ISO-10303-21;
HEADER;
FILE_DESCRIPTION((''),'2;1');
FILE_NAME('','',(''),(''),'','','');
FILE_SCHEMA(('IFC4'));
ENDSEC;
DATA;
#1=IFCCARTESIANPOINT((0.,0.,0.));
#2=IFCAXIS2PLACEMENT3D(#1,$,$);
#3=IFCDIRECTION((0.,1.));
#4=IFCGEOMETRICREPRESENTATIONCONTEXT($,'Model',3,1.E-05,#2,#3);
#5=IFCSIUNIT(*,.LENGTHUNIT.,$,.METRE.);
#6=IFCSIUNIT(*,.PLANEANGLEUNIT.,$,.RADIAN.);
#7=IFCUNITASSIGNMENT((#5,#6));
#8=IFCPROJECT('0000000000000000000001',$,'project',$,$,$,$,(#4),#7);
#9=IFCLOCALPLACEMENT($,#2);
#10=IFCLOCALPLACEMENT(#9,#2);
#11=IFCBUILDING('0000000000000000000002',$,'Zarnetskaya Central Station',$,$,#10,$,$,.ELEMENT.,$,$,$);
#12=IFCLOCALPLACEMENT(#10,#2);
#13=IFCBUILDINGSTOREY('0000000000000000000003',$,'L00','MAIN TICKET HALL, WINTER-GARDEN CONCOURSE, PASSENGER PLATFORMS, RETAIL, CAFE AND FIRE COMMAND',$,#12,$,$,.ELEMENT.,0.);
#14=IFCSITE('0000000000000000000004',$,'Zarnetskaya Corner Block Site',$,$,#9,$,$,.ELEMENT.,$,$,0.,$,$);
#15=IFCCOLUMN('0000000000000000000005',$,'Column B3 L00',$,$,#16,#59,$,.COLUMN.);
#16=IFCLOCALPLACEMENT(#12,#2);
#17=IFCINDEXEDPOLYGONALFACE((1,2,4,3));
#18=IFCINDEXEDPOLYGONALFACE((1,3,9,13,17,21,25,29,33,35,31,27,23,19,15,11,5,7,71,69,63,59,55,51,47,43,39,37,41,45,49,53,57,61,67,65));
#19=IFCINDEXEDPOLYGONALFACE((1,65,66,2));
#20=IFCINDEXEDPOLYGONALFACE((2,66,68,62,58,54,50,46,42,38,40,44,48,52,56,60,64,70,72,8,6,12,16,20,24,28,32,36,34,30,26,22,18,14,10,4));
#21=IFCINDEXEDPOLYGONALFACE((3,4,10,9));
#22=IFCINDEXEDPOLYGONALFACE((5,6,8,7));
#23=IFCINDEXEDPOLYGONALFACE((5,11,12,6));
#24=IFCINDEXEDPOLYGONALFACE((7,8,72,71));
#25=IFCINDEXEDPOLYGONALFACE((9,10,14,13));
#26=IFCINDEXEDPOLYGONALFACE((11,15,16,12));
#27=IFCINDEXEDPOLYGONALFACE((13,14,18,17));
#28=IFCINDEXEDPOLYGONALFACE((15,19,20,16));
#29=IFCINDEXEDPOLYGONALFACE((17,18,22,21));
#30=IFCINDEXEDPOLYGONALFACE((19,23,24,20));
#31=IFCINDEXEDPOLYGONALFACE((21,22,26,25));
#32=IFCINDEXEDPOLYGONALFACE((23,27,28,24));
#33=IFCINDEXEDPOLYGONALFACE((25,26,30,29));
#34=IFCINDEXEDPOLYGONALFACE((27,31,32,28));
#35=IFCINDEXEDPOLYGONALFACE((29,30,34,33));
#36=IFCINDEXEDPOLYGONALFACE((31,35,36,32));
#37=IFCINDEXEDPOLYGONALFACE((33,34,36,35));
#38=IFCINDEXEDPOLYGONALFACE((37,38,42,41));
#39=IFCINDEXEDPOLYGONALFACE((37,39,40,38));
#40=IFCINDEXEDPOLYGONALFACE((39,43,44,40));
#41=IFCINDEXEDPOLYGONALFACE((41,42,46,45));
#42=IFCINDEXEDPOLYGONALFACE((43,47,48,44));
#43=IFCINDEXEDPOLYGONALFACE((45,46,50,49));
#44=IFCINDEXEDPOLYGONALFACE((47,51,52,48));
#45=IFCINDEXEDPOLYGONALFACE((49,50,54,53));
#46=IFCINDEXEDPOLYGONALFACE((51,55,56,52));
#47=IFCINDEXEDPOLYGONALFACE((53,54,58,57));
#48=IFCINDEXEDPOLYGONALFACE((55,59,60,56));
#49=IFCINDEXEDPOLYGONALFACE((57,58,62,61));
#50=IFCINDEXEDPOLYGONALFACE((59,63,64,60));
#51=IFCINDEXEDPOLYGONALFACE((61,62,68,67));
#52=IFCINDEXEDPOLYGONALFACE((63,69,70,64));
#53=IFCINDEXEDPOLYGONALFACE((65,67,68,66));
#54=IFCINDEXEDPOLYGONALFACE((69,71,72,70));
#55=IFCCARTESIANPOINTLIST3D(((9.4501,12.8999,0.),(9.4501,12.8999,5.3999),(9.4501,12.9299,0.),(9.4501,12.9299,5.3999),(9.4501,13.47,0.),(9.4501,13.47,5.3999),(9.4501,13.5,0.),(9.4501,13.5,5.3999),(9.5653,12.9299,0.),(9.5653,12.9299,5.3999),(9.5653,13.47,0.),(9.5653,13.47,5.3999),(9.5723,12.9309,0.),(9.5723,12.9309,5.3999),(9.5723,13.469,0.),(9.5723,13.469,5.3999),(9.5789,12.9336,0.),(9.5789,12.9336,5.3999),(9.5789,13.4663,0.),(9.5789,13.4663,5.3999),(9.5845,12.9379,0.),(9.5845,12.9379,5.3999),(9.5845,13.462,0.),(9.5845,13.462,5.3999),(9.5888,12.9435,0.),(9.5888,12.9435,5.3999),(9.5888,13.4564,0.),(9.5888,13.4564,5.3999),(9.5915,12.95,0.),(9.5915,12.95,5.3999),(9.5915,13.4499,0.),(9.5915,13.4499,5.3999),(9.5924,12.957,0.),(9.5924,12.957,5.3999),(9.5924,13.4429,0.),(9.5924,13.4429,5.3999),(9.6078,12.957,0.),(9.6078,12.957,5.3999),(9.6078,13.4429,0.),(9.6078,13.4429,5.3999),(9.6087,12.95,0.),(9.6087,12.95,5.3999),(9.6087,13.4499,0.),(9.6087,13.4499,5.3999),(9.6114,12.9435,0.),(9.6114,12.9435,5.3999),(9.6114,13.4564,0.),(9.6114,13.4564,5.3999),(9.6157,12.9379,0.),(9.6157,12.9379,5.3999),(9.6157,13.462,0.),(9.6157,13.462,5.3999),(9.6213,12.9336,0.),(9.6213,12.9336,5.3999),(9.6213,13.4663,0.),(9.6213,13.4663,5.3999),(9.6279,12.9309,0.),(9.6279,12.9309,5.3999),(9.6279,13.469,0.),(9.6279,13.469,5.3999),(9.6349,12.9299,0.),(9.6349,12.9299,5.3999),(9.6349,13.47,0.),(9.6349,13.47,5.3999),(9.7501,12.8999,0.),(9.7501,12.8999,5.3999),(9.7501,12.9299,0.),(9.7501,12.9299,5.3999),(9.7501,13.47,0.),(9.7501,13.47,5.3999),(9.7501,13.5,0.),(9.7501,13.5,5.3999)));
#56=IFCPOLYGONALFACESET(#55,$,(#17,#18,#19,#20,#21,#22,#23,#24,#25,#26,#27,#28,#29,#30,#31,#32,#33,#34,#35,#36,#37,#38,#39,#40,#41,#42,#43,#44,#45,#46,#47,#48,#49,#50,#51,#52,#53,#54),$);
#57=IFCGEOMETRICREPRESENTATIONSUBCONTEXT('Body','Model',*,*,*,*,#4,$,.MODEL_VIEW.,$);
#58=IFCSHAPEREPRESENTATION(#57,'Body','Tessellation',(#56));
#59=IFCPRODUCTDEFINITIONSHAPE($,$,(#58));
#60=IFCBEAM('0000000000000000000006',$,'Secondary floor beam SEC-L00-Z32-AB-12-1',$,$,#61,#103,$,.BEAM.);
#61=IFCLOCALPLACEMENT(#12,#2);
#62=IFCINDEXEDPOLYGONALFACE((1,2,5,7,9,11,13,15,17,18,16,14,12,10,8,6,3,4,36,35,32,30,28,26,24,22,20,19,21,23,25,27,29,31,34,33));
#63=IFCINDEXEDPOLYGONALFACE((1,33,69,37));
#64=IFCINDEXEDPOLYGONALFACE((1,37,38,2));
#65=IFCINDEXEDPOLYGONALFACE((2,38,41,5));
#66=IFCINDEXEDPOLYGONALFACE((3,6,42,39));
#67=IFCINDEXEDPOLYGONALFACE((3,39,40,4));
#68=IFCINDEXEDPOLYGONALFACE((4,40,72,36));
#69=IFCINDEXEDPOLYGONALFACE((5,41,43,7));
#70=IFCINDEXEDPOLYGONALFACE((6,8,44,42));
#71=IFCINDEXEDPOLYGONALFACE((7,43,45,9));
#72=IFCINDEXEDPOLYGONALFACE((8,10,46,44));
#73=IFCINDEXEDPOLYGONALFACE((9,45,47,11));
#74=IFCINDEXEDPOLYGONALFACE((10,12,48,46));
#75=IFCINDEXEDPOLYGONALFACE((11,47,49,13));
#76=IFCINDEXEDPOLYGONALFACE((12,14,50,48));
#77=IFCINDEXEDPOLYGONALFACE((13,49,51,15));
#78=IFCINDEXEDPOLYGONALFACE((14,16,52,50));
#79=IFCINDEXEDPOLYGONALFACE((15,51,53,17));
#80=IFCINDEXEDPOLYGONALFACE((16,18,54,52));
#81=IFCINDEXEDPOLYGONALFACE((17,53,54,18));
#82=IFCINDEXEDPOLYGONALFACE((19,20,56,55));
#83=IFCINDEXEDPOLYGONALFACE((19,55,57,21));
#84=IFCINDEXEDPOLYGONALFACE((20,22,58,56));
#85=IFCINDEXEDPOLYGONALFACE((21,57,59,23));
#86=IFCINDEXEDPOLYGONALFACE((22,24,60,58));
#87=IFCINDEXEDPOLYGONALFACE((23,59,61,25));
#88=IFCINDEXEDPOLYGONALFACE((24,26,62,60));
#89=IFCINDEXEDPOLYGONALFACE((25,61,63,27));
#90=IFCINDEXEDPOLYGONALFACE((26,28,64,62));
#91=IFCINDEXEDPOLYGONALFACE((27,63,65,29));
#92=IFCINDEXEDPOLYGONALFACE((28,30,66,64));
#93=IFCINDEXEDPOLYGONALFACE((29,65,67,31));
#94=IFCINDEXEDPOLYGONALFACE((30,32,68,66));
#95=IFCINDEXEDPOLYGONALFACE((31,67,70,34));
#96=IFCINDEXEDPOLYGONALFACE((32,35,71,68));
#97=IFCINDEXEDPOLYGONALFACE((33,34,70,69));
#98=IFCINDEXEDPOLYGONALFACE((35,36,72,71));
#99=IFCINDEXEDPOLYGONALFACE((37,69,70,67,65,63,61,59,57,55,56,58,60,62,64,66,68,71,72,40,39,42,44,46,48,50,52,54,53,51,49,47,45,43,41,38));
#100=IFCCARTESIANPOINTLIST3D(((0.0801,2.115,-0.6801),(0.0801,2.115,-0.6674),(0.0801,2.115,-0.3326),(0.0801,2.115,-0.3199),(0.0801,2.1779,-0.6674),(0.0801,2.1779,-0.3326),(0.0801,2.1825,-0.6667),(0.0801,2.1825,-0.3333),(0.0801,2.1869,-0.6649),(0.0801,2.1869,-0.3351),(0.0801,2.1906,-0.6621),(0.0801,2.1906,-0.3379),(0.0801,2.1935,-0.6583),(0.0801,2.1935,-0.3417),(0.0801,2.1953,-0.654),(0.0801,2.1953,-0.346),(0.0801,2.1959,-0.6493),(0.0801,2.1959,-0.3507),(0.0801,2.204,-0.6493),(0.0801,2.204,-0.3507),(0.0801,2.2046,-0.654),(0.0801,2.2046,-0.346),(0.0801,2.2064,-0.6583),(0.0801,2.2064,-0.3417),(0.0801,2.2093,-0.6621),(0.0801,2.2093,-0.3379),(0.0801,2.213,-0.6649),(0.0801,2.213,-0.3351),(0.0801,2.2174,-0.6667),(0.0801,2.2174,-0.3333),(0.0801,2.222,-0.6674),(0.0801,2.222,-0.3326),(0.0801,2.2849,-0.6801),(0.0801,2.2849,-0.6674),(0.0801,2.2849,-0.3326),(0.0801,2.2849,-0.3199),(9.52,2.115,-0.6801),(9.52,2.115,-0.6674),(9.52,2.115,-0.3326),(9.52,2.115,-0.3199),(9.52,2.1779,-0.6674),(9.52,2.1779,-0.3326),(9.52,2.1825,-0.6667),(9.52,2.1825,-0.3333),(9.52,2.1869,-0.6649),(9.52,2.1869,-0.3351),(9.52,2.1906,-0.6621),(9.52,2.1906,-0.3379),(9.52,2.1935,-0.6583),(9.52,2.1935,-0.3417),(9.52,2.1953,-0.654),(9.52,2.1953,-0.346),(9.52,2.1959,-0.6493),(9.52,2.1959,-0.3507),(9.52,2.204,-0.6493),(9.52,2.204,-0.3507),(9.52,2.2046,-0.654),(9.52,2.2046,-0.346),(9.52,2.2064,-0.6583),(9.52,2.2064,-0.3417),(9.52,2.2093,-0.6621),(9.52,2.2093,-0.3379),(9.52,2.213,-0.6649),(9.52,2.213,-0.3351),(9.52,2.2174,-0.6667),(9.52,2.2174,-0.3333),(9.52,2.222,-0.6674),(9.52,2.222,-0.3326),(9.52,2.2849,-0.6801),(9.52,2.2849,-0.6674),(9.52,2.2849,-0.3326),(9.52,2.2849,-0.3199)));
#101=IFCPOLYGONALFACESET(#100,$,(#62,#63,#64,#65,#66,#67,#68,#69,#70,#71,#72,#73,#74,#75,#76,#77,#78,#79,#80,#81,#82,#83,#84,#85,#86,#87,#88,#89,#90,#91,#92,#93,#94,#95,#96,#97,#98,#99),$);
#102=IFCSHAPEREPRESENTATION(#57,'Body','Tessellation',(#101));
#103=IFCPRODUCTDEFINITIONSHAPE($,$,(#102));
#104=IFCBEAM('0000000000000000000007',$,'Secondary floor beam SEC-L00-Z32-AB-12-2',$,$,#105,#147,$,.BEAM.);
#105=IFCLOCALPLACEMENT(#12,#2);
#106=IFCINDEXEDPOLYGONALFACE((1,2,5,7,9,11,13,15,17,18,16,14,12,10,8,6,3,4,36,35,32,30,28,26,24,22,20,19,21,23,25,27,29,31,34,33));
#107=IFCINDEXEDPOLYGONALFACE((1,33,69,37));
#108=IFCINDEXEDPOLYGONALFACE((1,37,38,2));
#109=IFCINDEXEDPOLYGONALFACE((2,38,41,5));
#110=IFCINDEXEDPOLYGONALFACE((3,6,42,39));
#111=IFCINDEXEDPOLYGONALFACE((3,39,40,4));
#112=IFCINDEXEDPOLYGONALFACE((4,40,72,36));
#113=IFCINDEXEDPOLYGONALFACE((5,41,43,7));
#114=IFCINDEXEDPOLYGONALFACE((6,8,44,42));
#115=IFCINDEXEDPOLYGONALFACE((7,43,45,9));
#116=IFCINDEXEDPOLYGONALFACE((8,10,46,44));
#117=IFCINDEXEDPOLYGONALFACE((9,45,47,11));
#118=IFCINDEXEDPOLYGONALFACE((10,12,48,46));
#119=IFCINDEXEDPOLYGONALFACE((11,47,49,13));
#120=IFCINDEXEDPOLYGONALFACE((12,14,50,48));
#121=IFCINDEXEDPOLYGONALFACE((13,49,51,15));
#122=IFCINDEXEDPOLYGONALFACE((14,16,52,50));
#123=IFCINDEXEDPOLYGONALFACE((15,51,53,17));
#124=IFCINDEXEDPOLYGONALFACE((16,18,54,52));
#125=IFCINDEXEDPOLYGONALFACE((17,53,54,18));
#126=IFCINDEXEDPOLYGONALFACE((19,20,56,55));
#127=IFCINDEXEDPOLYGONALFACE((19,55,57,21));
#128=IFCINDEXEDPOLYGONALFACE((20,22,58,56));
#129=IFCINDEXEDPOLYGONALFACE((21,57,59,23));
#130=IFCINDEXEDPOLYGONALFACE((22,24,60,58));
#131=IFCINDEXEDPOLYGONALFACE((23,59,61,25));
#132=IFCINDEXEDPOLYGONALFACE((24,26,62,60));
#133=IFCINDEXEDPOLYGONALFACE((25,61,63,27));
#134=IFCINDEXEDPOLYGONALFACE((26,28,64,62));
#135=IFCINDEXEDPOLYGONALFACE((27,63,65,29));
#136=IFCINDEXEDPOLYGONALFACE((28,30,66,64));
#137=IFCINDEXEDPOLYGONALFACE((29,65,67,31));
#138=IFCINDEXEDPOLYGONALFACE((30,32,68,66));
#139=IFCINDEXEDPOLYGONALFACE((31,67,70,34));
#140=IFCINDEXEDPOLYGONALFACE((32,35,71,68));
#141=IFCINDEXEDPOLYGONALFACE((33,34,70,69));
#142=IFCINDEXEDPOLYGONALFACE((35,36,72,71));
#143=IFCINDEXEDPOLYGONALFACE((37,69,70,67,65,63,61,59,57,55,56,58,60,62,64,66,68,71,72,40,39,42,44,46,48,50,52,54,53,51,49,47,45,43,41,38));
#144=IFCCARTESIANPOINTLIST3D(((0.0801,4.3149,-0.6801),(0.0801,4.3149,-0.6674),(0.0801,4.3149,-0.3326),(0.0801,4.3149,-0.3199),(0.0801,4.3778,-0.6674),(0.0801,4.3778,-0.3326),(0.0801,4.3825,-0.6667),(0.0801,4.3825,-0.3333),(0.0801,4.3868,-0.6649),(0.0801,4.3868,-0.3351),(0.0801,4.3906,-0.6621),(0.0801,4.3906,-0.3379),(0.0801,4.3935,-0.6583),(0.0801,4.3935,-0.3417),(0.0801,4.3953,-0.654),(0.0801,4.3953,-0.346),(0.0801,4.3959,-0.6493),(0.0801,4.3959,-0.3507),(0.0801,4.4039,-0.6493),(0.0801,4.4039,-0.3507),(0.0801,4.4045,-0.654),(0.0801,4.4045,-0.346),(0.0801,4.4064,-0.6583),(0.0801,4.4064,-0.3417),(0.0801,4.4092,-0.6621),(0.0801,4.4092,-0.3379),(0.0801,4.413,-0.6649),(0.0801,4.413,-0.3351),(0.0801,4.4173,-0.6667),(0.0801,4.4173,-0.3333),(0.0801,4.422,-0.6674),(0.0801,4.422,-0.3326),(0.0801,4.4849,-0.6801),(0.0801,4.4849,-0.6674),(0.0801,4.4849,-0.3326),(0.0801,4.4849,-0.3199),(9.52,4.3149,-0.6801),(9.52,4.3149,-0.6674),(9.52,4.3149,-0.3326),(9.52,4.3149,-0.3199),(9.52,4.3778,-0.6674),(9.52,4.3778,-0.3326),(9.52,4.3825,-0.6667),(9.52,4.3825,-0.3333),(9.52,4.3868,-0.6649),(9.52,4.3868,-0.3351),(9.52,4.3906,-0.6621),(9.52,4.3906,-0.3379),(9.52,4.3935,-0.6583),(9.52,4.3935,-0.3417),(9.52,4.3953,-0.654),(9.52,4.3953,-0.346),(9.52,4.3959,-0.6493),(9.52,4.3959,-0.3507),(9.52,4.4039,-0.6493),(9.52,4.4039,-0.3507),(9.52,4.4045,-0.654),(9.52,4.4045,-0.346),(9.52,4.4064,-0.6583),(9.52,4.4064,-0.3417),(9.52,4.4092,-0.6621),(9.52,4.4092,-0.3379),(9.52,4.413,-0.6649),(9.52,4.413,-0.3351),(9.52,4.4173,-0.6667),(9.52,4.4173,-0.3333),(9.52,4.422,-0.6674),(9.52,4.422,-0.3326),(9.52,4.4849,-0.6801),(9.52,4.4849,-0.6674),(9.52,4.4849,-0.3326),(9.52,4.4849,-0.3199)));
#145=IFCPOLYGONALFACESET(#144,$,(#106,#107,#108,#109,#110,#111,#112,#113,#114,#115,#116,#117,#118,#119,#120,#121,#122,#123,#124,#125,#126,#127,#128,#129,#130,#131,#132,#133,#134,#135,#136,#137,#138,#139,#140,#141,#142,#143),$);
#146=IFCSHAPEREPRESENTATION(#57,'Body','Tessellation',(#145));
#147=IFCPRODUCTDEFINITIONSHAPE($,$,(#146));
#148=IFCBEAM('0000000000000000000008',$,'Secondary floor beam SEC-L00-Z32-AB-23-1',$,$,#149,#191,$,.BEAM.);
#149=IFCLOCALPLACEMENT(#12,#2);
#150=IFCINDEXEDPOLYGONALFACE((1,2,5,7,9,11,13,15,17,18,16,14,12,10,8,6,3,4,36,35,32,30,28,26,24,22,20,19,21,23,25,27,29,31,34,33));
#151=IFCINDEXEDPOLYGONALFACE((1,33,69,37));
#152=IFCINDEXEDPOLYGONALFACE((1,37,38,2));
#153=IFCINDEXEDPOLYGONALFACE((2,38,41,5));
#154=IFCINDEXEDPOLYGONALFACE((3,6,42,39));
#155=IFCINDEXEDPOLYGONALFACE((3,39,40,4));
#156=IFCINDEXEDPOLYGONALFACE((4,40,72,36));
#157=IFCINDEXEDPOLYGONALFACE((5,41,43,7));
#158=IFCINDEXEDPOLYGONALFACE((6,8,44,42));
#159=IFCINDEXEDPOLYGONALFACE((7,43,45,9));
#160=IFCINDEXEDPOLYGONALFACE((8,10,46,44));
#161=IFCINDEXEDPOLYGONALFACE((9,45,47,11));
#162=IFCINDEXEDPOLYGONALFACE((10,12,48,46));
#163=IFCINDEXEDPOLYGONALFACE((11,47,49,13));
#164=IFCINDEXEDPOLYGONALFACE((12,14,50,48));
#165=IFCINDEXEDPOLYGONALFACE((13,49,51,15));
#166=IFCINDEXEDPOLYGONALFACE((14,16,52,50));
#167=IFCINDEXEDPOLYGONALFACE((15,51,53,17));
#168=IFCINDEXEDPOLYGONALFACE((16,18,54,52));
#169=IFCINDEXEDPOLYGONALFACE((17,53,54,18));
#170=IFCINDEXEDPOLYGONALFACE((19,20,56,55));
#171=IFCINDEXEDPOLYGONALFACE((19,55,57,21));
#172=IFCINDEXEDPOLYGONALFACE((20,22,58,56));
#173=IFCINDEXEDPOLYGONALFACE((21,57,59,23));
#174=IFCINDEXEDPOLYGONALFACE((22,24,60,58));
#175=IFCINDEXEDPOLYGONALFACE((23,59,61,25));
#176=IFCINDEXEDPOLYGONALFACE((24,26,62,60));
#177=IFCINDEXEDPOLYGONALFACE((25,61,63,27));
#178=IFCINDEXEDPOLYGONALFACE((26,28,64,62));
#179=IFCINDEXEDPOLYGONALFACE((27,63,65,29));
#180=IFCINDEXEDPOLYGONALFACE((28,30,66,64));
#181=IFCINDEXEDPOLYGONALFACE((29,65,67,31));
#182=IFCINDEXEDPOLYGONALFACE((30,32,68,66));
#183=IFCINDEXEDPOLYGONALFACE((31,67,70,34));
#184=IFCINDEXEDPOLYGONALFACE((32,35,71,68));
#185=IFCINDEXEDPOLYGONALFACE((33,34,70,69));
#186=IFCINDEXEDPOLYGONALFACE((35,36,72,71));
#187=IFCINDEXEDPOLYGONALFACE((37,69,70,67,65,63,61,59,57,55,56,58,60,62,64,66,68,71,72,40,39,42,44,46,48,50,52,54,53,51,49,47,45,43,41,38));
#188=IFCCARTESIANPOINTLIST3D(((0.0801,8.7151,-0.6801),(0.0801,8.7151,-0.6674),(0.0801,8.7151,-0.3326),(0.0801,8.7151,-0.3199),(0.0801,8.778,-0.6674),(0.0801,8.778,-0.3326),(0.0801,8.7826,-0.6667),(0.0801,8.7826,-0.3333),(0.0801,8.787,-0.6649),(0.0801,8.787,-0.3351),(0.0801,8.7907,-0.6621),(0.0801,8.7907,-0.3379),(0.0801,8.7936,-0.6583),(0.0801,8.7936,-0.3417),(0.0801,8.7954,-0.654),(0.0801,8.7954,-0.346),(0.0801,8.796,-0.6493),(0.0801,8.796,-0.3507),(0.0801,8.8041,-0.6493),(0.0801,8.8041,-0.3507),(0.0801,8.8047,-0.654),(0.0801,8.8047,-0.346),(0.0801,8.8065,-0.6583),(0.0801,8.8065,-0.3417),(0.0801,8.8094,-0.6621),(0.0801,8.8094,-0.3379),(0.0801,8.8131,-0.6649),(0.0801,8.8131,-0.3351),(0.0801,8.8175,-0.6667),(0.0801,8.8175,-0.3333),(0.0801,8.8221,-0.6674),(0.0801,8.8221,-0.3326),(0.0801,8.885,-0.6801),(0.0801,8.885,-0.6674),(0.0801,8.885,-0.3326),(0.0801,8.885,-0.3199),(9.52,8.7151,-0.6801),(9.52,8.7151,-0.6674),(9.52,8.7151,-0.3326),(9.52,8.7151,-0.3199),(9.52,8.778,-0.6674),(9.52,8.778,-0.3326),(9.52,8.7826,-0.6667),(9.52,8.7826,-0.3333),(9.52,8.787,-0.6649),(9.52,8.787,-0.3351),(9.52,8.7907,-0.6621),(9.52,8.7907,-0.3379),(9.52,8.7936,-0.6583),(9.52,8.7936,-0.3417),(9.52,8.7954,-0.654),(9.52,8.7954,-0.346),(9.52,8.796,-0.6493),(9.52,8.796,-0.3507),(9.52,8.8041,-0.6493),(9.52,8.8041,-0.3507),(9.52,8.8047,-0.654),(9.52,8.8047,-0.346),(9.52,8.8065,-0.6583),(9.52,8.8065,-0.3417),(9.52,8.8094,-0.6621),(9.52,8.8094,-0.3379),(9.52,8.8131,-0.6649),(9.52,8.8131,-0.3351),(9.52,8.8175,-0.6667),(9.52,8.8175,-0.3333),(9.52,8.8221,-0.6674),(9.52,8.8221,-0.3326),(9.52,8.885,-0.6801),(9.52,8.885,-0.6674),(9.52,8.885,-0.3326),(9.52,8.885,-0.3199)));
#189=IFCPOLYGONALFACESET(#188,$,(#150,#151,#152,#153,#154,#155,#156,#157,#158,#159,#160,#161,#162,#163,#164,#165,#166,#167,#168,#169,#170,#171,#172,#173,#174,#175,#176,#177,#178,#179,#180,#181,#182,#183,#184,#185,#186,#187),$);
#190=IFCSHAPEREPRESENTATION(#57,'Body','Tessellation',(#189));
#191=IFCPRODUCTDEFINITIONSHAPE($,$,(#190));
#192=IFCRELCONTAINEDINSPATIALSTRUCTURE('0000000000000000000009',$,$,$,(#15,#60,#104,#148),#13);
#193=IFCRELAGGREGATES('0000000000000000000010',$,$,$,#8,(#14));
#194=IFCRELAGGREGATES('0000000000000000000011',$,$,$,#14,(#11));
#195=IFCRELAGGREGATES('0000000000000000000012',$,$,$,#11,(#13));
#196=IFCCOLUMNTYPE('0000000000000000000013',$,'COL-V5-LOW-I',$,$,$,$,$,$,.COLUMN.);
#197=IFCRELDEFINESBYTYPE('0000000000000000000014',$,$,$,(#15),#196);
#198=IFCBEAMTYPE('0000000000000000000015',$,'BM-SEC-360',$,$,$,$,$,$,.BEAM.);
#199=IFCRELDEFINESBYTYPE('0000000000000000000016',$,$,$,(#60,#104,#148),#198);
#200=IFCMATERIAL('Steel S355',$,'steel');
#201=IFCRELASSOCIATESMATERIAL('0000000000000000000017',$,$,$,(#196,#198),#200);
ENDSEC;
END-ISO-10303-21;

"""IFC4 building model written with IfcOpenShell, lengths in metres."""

from ifc_helpers import new_model, si_unit, direction, frame, origin, origin_2d, place, context, subcontext, project, spatial, i_section, extrude, material, material_profile, profile_set, type_object, element, save


model = new_model("IFC4")

# Units and contexts
model_context = context("Model", 3, precision=1e-05, world=origin(), true_north=direction((0.0, 1.0)))
body_context = subcontext(model_context, "Body", "Model", "MODEL_VIEW")
ifc_project = project(units=[si_unit("LENGTHUNIT", "METRE"), si_unit("PLANEANGLEUNIT", "RADIAN")], contexts=[model_context])

# Site, building, storey
site_placement = place(None, origin())
site = spatial("IfcSite", under=ifc_project, at=site_placement, Name="Zarnetskaya Corner Block Site", CompositionType="ELEMENT", RefElevation=0.0)
building_placement = place(site_placement, origin())
building = spatial("IfcBuilding", under=site, at=building_placement, Name="Zarnetskaya Central Station", CompositionType="ELEMENT")
storey_placement = place(building_placement, origin())
storey = spatial("IfcBuildingStorey", under=building, at=storey_placement, Name="L00", Description="MAIN TICKET HALL, WINTER-GARDEN CONCOURSE, PASSENGER PLATFORMS, RETAIL, CAFE AND FIRE COMMAND", CompositionType="ELEMENT", Elevation=0.0)

# Column
ifc_material_1 = material(Name="Steel S355", Category="steel")
ifc_material_profile_1 = material_profile(ifc_material_1, i_section(OverallWidth=0.3, OverallDepth=0.6001, WebThickness=0.0154, FlangeThickness=0.03, FilletRadius=0.0271, at=origin_2d()), Name="HEB 600")
ifc_profile_set_1 = profile_set([ifc_material_profile_1], Name="Steel S355")
column_type_1 = type_object("IfcColumnType", Name="COL-V5-LOW-I", PredefinedType="COLUMN", material=ifc_profile_set_1)
for number, where, z_axis, x_axis, name in (
    (1, (9.6001, 13.2, 0.0), (0.0, 0.0, 1.0), (1.0, 0.0, 0.0), "Column B3 L00"),
):
    element("IfcColumn", number, at=place(storey_placement, frame(where, z_axis=z_axis, x_axis=x_axis)), inside=storey, type_object=column_type_1, Name=name, PredefinedType="COLUMN", context=body_context, shape_type="SweptSolid", body=[
        extrude(i_section(OverallWidth=0.3, OverallDepth=0.6001, WebThickness=0.0154, FlangeThickness=0.03, FilletRadius=0.0271, at=origin_2d()), origin(), (0.0, 0.0, 1.0), 5.3999),
    ])

# Beams
ifc_material_profile_2 = material_profile(ifc_material_1, i_section(OverallWidth=0.1699, OverallDepth=0.3601, WebThickness=0.0081, FlangeThickness=0.0127, FilletRadius=0.0181, at=origin_2d()), Name="IPE 360")
ifc_profile_set_2 = profile_set([ifc_material_profile_2], Name="Steel S355")
beam_type_1 = type_object("IfcBeamType", Name="BM-SEC-360", PredefinedType="BEAM", material=ifc_profile_set_2)
for number, where, z_axis, x_axis, name in (
    (2, (0.0801, 2.2, -0.5), (1.0, 0.0, 0.0), (0.0, 1.0, 0.0), "Secondary floor beam SEC-L00-Z32-AB-12-1"),
    (3, (0.0801, 4.3999, -0.5), (1.0, 0.0, 0.0), (0.0, 1.0, 0.0), "Secondary floor beam SEC-L00-Z32-AB-12-2"),
    (4, (0.0801, 8.8, -0.5), (1.0, 0.0, 0.0), (0.0, 1.0, 0.0), "Secondary floor beam SEC-L00-Z32-AB-23-1"),
):
    element("IfcBeam", number, at=place(storey_placement, frame(where, z_axis=z_axis, x_axis=x_axis)), inside=storey, type_object=beam_type_1, Name=name, PredefinedType="BEAM", context=body_context, shape_type="SweptSolid", body=[
        extrude(i_section(OverallWidth=0.1699, OverallDepth=0.3601, WebThickness=0.0081, FlangeThickness=0.0127, FilletRadius=0.0181, at=origin_2d()), origin(), (0.0, 0.0, 1.0), 9.4399),
    ])

save(model, "model.ifc")
